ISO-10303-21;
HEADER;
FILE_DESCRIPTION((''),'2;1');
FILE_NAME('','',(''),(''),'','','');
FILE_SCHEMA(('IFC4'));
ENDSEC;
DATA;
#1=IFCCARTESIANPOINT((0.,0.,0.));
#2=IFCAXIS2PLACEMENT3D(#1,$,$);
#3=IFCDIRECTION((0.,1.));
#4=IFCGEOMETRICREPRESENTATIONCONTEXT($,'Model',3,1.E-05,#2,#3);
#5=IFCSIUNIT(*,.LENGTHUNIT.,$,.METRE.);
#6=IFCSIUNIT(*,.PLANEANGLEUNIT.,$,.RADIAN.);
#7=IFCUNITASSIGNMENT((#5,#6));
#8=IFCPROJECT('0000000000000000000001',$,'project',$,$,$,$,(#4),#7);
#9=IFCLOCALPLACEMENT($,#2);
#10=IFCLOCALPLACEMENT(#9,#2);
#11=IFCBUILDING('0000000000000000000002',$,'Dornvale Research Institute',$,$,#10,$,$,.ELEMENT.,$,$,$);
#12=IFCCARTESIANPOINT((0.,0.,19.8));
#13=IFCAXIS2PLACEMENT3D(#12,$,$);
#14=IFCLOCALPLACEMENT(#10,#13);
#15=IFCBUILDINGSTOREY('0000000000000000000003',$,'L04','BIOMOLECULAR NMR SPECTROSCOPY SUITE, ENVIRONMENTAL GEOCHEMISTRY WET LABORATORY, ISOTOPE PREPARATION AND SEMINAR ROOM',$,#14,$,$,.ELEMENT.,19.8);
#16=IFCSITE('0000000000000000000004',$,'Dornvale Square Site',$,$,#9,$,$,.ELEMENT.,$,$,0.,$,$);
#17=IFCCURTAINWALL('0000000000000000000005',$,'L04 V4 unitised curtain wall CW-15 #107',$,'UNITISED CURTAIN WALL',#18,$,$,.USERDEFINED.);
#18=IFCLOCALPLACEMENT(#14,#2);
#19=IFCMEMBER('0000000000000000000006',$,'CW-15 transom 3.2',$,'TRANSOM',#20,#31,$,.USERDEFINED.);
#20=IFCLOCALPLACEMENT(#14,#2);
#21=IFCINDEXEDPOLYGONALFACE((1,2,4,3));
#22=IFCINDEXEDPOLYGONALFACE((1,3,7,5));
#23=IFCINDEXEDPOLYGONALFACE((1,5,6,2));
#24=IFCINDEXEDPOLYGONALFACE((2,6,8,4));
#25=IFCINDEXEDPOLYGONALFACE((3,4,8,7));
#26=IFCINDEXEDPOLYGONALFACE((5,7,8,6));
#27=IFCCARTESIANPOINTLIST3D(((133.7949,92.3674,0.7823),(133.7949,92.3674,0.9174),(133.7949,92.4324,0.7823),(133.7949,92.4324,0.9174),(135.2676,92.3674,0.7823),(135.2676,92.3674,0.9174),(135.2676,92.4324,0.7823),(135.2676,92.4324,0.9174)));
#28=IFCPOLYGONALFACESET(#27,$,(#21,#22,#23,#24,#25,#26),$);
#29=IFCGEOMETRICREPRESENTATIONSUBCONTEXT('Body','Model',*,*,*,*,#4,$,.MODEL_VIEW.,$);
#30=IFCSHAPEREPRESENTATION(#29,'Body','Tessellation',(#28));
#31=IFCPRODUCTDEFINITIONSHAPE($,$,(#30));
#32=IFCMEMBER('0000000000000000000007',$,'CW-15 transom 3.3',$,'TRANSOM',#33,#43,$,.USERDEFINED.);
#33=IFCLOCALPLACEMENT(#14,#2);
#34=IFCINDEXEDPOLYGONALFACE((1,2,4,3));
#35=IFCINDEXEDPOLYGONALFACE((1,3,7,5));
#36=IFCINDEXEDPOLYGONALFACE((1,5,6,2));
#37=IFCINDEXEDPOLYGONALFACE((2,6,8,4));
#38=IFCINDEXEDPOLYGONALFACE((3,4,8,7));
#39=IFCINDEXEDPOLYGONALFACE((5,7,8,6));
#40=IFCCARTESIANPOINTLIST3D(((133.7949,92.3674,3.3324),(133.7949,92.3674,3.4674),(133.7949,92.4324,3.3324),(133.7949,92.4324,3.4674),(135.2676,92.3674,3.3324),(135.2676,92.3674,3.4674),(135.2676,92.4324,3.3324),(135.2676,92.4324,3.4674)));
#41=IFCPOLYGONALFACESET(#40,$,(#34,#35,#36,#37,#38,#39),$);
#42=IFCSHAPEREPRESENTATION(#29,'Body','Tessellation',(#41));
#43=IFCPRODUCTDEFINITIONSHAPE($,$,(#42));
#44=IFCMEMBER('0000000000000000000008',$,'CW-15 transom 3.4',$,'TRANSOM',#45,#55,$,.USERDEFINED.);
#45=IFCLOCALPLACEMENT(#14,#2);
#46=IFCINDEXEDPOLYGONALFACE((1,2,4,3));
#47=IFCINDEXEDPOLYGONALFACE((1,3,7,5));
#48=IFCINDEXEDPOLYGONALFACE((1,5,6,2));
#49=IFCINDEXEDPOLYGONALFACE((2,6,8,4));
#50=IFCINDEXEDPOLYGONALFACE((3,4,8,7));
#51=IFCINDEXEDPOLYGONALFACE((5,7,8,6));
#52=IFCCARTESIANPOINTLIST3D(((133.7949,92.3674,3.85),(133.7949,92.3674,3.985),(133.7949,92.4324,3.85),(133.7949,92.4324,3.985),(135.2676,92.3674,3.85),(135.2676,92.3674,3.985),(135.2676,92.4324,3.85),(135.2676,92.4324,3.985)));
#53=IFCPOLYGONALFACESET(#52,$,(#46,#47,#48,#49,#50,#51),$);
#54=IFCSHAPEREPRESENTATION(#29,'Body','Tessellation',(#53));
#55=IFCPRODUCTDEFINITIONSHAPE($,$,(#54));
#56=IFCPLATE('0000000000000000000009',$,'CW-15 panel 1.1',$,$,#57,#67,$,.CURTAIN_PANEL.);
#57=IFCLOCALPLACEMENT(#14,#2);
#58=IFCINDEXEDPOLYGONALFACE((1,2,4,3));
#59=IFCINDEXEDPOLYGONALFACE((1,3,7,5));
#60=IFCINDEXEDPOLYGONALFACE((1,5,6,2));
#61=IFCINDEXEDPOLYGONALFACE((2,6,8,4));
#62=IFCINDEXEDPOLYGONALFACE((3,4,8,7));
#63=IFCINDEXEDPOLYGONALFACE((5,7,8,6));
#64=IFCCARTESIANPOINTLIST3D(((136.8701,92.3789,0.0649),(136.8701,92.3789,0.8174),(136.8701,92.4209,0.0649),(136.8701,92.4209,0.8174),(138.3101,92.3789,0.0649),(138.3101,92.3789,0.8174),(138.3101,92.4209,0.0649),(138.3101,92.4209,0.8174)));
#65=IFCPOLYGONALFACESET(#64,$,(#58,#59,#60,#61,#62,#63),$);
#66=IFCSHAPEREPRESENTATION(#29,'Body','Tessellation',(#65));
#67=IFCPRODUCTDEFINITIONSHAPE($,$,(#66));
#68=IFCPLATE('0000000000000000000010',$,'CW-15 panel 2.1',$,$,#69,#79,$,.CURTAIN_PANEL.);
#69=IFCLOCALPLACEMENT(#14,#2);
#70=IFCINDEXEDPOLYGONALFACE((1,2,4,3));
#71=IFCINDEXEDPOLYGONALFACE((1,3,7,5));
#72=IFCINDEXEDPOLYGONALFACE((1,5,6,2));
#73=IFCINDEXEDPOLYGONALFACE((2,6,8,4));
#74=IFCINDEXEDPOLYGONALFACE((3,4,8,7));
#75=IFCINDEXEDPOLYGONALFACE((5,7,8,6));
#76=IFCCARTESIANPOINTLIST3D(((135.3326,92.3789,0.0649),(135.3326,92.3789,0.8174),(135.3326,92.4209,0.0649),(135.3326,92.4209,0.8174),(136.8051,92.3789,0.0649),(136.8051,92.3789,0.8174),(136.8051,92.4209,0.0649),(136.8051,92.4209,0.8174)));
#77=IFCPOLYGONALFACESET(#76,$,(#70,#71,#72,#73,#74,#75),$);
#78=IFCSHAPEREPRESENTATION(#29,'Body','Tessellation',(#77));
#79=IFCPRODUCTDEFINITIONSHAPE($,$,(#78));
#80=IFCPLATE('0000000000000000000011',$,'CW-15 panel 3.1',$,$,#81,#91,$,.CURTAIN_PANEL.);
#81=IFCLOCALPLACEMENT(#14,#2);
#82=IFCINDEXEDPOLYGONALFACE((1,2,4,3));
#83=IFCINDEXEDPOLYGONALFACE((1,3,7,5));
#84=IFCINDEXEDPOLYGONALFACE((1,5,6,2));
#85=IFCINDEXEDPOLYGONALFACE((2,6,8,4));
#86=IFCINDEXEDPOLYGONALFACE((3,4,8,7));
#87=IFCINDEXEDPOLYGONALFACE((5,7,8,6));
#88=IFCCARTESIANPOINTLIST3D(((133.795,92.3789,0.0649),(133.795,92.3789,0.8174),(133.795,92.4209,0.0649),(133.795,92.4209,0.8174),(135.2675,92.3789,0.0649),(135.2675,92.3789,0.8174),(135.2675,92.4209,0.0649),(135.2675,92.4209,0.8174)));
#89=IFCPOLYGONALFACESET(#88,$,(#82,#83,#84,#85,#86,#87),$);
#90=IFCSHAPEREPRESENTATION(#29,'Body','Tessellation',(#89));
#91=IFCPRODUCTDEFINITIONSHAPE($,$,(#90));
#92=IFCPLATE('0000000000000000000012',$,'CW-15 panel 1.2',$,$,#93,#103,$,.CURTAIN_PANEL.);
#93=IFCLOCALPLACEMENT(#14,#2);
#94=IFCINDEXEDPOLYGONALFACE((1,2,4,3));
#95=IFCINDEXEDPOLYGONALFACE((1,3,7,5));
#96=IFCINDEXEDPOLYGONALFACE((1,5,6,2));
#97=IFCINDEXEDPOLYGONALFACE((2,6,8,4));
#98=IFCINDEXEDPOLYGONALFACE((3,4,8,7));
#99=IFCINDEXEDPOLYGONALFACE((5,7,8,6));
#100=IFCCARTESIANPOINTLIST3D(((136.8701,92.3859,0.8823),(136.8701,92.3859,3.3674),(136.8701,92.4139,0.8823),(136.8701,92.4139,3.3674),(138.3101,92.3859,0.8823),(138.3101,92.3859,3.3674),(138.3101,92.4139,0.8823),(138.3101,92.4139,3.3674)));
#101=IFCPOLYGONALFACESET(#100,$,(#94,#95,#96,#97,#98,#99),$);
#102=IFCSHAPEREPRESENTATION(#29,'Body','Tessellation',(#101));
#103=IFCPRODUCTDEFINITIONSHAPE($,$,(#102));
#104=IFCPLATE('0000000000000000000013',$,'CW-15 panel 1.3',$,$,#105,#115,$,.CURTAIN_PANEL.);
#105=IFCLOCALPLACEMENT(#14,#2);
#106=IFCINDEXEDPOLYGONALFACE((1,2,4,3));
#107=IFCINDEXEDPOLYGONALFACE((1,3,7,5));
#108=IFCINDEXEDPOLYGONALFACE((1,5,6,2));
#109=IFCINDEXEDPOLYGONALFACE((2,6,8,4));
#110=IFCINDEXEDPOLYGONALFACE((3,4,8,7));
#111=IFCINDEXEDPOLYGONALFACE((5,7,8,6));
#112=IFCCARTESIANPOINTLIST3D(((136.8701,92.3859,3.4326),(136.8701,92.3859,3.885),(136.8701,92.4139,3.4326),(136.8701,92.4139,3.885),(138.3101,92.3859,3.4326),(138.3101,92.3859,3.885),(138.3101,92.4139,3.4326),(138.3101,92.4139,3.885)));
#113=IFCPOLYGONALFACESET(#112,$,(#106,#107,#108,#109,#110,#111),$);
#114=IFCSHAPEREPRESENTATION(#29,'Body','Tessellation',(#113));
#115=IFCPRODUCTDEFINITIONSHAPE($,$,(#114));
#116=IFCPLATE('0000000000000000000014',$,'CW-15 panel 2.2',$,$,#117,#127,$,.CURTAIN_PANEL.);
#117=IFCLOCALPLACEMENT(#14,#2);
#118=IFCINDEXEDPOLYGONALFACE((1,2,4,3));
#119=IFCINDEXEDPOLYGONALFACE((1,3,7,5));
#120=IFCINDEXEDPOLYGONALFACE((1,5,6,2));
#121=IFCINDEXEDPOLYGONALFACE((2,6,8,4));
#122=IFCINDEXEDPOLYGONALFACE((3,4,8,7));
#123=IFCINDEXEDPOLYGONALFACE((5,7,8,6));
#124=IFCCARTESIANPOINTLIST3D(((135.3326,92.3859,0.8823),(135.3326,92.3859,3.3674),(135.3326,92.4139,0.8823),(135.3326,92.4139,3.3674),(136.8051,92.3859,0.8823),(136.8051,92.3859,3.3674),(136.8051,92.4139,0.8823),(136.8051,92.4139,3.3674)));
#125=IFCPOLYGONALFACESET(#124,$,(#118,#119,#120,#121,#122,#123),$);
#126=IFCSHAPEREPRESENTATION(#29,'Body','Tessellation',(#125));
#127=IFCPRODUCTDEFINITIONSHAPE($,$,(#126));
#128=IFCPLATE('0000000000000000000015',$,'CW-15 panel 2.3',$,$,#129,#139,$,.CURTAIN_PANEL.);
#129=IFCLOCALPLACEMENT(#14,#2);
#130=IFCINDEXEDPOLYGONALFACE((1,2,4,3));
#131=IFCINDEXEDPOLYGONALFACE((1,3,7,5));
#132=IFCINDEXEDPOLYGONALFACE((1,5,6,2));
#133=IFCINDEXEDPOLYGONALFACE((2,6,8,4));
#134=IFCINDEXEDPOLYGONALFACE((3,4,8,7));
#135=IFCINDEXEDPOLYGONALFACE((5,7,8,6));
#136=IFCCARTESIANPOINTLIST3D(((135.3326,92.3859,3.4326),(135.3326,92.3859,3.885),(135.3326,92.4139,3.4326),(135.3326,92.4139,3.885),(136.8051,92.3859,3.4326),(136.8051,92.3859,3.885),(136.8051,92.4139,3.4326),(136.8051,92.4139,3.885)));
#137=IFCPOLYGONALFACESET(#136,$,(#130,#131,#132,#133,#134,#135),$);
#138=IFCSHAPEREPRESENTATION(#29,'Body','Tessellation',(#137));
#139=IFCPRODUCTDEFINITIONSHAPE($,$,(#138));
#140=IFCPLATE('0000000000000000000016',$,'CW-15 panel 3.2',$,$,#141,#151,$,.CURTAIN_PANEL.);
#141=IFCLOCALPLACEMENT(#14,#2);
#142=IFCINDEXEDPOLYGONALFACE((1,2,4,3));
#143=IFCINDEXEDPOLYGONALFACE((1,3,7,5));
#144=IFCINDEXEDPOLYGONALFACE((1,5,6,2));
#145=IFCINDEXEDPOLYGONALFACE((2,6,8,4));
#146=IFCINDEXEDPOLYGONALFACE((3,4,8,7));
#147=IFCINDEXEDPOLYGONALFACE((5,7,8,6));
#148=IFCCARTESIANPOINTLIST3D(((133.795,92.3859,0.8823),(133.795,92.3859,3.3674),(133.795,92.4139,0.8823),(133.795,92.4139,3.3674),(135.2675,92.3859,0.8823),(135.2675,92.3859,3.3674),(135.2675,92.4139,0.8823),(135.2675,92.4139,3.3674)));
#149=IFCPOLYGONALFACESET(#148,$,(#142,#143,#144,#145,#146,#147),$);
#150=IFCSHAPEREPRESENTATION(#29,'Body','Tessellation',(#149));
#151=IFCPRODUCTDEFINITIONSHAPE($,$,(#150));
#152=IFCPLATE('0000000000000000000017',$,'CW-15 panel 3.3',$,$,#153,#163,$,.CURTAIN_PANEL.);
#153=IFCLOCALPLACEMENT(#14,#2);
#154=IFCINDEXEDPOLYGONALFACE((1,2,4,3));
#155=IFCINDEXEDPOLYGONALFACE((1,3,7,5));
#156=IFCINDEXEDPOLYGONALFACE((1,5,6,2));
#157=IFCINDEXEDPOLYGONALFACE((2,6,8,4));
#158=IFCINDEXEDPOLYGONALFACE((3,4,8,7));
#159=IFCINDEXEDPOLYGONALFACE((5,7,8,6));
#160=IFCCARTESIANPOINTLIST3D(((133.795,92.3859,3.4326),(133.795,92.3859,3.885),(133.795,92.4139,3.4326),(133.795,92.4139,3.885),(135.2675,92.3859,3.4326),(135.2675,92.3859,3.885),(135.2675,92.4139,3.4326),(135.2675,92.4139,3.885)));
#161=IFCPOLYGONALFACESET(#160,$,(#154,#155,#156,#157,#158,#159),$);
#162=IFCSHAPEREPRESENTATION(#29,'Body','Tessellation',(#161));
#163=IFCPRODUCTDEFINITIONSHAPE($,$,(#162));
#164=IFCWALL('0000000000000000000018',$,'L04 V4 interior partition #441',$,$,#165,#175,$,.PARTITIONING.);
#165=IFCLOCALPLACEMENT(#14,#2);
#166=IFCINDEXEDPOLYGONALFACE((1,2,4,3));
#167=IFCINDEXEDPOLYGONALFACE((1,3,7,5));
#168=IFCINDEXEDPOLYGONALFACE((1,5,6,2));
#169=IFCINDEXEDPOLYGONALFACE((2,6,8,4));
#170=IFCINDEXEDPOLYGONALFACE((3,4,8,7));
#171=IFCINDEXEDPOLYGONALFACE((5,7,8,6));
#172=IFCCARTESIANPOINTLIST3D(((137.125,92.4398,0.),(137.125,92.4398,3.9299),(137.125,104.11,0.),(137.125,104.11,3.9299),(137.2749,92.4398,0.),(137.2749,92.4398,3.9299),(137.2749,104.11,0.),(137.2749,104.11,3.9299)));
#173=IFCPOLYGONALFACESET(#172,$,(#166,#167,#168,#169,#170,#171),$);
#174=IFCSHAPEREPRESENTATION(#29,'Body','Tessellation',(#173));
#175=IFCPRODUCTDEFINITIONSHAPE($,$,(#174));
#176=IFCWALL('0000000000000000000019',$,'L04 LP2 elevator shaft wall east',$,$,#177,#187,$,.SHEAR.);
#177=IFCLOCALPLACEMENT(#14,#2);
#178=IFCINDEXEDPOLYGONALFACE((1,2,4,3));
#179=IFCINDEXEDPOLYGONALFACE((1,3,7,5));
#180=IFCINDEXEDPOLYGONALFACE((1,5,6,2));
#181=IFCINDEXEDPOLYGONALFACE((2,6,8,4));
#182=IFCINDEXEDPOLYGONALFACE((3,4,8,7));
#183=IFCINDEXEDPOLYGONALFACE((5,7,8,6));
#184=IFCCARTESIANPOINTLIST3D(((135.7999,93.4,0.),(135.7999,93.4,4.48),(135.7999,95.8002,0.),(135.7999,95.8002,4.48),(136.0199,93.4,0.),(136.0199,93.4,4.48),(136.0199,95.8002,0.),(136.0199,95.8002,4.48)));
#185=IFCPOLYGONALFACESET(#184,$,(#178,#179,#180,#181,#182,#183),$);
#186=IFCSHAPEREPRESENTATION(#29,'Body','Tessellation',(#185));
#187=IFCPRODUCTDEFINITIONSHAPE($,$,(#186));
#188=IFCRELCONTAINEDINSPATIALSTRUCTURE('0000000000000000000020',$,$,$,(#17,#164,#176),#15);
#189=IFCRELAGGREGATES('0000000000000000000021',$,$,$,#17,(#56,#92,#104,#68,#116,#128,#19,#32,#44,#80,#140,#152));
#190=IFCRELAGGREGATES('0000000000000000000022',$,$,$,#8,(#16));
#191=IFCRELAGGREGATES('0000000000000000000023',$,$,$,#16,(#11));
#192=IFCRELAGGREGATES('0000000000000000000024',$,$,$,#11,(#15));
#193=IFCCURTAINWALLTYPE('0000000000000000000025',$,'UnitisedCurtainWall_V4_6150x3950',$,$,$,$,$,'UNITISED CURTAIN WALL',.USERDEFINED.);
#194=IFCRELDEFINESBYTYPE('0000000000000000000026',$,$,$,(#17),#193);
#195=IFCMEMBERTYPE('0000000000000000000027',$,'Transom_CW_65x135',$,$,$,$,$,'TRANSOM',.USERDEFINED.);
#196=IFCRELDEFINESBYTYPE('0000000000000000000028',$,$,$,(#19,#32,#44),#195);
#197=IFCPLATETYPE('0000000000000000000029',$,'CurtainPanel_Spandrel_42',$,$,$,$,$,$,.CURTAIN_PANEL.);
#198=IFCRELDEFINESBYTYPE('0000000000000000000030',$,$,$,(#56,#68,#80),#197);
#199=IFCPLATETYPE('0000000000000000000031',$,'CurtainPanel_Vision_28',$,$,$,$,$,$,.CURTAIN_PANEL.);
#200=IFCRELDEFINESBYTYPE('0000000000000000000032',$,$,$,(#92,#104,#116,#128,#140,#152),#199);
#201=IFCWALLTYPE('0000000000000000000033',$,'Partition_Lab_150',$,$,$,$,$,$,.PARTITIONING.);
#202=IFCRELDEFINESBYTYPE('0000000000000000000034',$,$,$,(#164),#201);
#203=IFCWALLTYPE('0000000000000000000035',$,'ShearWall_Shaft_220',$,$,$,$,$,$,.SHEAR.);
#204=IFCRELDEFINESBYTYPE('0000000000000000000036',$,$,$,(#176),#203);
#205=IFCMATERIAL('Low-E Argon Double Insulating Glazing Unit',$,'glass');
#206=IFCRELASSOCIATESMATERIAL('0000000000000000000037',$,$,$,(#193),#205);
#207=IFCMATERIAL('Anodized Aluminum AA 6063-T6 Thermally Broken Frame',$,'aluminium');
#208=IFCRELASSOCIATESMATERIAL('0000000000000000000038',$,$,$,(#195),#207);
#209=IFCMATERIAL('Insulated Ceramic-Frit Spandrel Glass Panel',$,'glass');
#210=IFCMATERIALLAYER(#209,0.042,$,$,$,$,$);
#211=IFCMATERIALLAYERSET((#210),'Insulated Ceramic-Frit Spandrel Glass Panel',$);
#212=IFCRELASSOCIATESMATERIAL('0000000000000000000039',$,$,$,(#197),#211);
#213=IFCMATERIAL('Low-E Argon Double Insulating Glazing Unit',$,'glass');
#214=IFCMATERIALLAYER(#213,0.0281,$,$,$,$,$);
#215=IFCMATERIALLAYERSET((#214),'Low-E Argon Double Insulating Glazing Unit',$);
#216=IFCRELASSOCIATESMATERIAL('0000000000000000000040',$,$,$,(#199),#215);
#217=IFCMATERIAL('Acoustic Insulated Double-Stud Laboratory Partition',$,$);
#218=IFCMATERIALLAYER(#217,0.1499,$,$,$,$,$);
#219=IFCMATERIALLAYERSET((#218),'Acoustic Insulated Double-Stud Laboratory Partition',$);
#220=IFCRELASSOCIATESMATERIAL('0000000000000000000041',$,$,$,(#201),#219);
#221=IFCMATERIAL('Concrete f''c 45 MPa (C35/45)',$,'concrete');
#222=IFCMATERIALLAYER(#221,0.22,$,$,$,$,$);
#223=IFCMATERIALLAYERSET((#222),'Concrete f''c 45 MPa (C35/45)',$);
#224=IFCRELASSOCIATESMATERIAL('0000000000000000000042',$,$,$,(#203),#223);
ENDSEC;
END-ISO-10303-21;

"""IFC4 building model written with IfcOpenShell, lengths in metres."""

from ifc_helpers import new_model, si_unit, direction, frame, frame_2d, origin, origin_2d, place, context, subcontext, project, spatial, rectangle, extrude, material, layer, layer_set, material_profile, profile_set, type_object, element, aggregate, save


model = new_model("IFC4")

# Units and contexts
model_context = context("Model", 3, precision=1e-05, world=origin(), true_north=direction((0.0, 1.0)))
body_context = subcontext(model_context, "Body", "Model", "MODEL_VIEW")
ifc_project = project(units=[si_unit("LENGTHUNIT", "METRE"), si_unit("PLANEANGLEUNIT", "RADIAN")], contexts=[model_context])

# Site, building, storey
site_placement = place(None, origin())
site = spatial("IfcSite", under=ifc_project, at=site_placement, Name="Dornvale Square Site", CompositionType="ELEMENT", RefElevation=0.0)
building_placement = place(site_placement, origin())
building = spatial("IfcBuilding", under=site, at=building_placement, Name="Dornvale Research Institute", CompositionType="ELEMENT")
storey_placement = place(building_placement, frame((0.0, 0.0, 19.8)))
storey = spatial("IfcBuildingStorey", under=building, at=storey_placement, Name="L04", Description="BIOMOLECULAR NMR SPECTROSCOPY SUITE, ENVIRONMENTAL GEOCHEMISTRY WET LABORATORY, ISOTOPE PREPARATION AND SEMINAR ROOM", CompositionType="ELEMENT", Elevation=19.8)

# Curtain wall, members, plates
ifc_material_1 = material(Name="Low-E Argon Double Insulating Glazing Unit", Category="glass")
curtain_wall_type = type_object("IfcCurtainWallType", Name="UnitisedCurtainWall_V4_6150x3950", ElementType="UNITISED CURTAIN WALL", PredefinedType="USERDEFINED", material=ifc_material_1)
curtain_wall_placement = place(storey_placement, origin())
curtain_wall = element("IfcCurtainWall", 1, at=curtain_wall_placement, inside=storey, type_object=curtain_wall_type, Name="L04 V4 unitised curtain wall CW-15 #107", ObjectType="UNITISED CURTAIN WALL", PredefinedType="USERDEFINED")
ifc_material_2 = material(Name="Anodized Aluminum AA 6063-T6 Thermally Broken Frame", Category="aluminium")
ifc_material_profile_1 = material_profile(ifc_material_2, rectangle(XDim=0.0649, YDim=0.135, at=origin_2d()), Name="ALU TRANSOM 65x135")
ifc_profile_set_1 = profile_set([ifc_material_profile_1], Name="Anodized Aluminum AA 6063-T6 Thermally Broken Frame")
member_type_1 = type_object("IfcMemberType", Name="Transom_CW_65x135", ElementType="TRANSOM", PredefinedType="USERDEFINED", material=ifc_profile_set_1)
member_1_placement = place(storey_placement, frame((135.2676, 92.3999, 0.8499), z_axis=(-1.0, 0.0, 0.0), x_axis=(0.0, -1.0, 0.0)))
member_1 = element("IfcMember", 2, at=member_1_placement, type_object=member_type_1, Name="CW-15 transom 3.2", ObjectType="TRANSOM", PredefinedType="USERDEFINED", context=body_context, shape_type="SweptSolid", body=[
    extrude(rectangle(XDim=0.0649, YDim=0.135, at=origin_2d()), origin(), (0.0, 0.0, 1.0), 1.4727),
])
member_2_placement = place(storey_placement, frame((135.2676, 92.3999, 3.3999), z_axis=(-1.0, 0.0, 0.0), x_axis=(0.0, -1.0, 0.0)))
member_2 = element("IfcMember", 3, at=member_2_placement, type_object=member_type_1, Name="CW-15 transom 3.3", ObjectType="TRANSOM", PredefinedType="USERDEFINED", context=body_context, shape_type="SweptSolid", body=[
    extrude(rectangle(XDim=0.0649, YDim=0.135, at=origin_2d()), origin(), (0.0, 0.0, 1.0), 1.4727),
])
member_3_placement = place(storey_placement, frame((135.2676, 92.3999, 3.9175), z_axis=(-1.0, 0.0, 0.0), x_axis=(0.0, -1.0, 0.0)))
member_3 = element("IfcMember", 4, at=member_3_placement, type_object=member_type_1, Name="CW-15 transom 3.4", ObjectType="TRANSOM", PredefinedType="USERDEFINED", context=body_context, shape_type="SweptSolid", body=[
    extrude(rectangle(XDim=0.0649, YDim=0.135, at=origin_2d()), origin(), (0.0, 0.0, 1.0), 1.4727),
])
ifc_material_3 = material(Name="Insulated Ceramic-Frit Spandrel Glass Panel", Category="glass")
ifc_layer_1 = layer(ifc_material_3, 0.042)
ifc_layer_set_1 = layer_set([ifc_layer_1], Name="Insulated Ceramic-Frit Spandrel Glass Panel")
plate_type_1 = type_object("IfcPlateType", Name="CurtainPanel_Spandrel_42", PredefinedType="CURTAIN_PANEL", material=ifc_layer_set_1)
plate_1_placement = place(storey_placement, frame((137.5901, 92.3999, 0.0649), z_axis=(0.0, 0.0, 1.0), x_axis=(-1.0, 0.0, 0.0)))
plate_1 = element("IfcPlate", 5, at=plate_1_placement, type_object=plate_type_1, Name="CW-15 panel 1.1", PredefinedType="CURTAIN_PANEL", context=body_context, shape_type="SweptSolid", body=[
    extrude(rectangle(XDim=1.4399, YDim=0.042, at=origin_2d()), origin(), (0.0, 0.0, 1.0), 0.7524),
])
plate_2_placement = place(storey_placement, frame((136.0688, 92.3999, 0.0649), z_axis=(0.0, 0.0, 1.0), x_axis=(-1.0, 0.0, 0.0)))
plate_2 = element("IfcPlate", 6, at=plate_2_placement, type_object=plate_type_1, Name="CW-15 panel 2.1", PredefinedType="CURTAIN_PANEL", context=body_context, shape_type="SweptSolid", body=[
    extrude(rectangle(XDim=1.4724, YDim=0.042, at=origin_2d()), origin(), (0.0, 0.0, 1.0), 0.7524),
])
plate_3_placement = place(storey_placement, frame((134.5312, 92.3999, 0.0649), z_axis=(0.0, 0.0, 1.0), x_axis=(-1.0, 0.0, 0.0)))
plate_3 = element("IfcPlate", 7, at=plate_3_placement, type_object=plate_type_1, Name="CW-15 panel 3.1", PredefinedType="CURTAIN_PANEL", context=body_context, shape_type="SweptSolid", body=[
    extrude(rectangle(XDim=1.4724, YDim=0.042, at=origin_2d()), origin(), (0.0, 0.0, 1.0), 0.7524),
])
ifc_material_4 = material(Name="Low-E Argon Double Insulating Glazing Unit", Category="glass")
ifc_layer_2 = layer(ifc_material_4, 0.0281)
ifc_layer_set_2 = layer_set([ifc_layer_2], Name="Low-E Argon Double Insulating Glazing Unit")
plate_type_2 = type_object("IfcPlateType", Name="CurtainPanel_Vision_28", PredefinedType="CURTAIN_PANEL", material=ifc_layer_set_2)
plate_4_placement = place(storey_placement, frame((137.5901, 92.3999, 0.8823), z_axis=(0.0, 0.0, 1.0), x_axis=(-1.0, 0.0, 0.0)))
plate_4 = element("IfcPlate", 8, at=plate_4_placement, type_object=plate_type_2, Name="CW-15 panel 1.2", PredefinedType="CURTAIN_PANEL", context=body_context, shape_type="SweptSolid", body=[
    extrude(rectangle(XDim=1.4399, YDim=0.0281, at=origin_2d()), origin(), (0.0, 0.0, 1.0), 2.4851),
])
plate_5_placement = place(storey_placement, frame((137.5901, 92.3999, 3.4326), z_axis=(0.0, 0.0, 1.0), x_axis=(-1.0, 0.0, 0.0)))
plate_5 = element("IfcPlate", 9, at=plate_5_placement, type_object=plate_type_2, Name="CW-15 panel 1.3", PredefinedType="CURTAIN_PANEL", context=body_context, shape_type="SweptSolid", body=[
    extrude(rectangle(XDim=1.4399, YDim=0.0281, at=origin_2d()), origin(), (0.0, 0.0, 1.0), 0.4524),
])
plate_6_placement = place(storey_placement, frame((136.0688, 92.3999, 0.8823), z_axis=(0.0, 0.0, 1.0), x_axis=(-1.0, 0.0, 0.0)))
plate_6 = element("IfcPlate", 10, at=plate_6_placement, type_object=plate_type_2, Name="CW-15 panel 2.2", PredefinedType="CURTAIN_PANEL", context=body_context, shape_type="SweptSolid", body=[
    extrude(rectangle(XDim=1.4724, YDim=0.0281, at=origin_2d()), origin(), (0.0, 0.0, 1.0), 2.4851),
])
plate_7_placement = place(storey_placement, frame((136.0688, 92.3999, 3.4326), z_axis=(0.0, 0.0, 1.0), x_axis=(-1.0, 0.0, 0.0)))
plate_7 = element("IfcPlate", 11, at=plate_7_placement, type_object=plate_type_2, Name="CW-15 panel 2.3", PredefinedType="CURTAIN_PANEL", context=body_context, shape_type="SweptSolid", body=[
    extrude(rectangle(XDim=1.4724, YDim=0.0281, at=origin_2d()), origin(), (0.0, 0.0, 1.0), 0.4524),
])
plate_8_placement = place(storey_placement, frame((134.5312, 92.3999, 0.8823), z_axis=(0.0, 0.0, 1.0), x_axis=(-1.0, 0.0, 0.0)))
plate_8 = element("IfcPlate", 12, at=plate_8_placement, type_object=plate_type_2, Name="CW-15 panel 3.2", PredefinedType="CURTAIN_PANEL", context=body_context, shape_type="SweptSolid", body=[
    extrude(rectangle(XDim=1.4724, YDim=0.0281, at=origin_2d()), origin(), (0.0, 0.0, 1.0), 2.4851),
])
plate_9_placement = place(storey_placement, frame((134.5312, 92.3999, 3.4326), z_axis=(0.0, 0.0, 1.0), x_axis=(-1.0, 0.0, 0.0)))
plate_9 = element("IfcPlate", 13, at=plate_9_placement, type_object=plate_type_2, Name="CW-15 panel 3.3", PredefinedType="CURTAIN_PANEL", context=body_context, shape_type="SweptSolid", body=[
    extrude(rectangle(XDim=1.4724, YDim=0.0281, at=origin_2d()), origin(), (0.0, 0.0, 1.0), 0.4524),
])
aggregate(curtain_wall, [plate_1, plate_4, plate_5, plate_2, plate_6, plate_7, member_1, member_2, member_3, plate_3, plate_8, plate_9])

# Walls
ifc_material_5 = material(Name="Acoustic Insulated Double-Stud Laboratory Partition")
ifc_layer_3 = layer(ifc_material_5, 0.1499)
ifc_layer_set_3 = layer_set([ifc_layer_3], Name="Acoustic Insulated Double-Stud Laboratory Partition")
wall_type_1 = type_object("IfcWallType", Name="Partition_Lab_150", PredefinedType="PARTITIONING", material=ifc_layer_set_3)
wall_1_placement = place(storey_placement, frame((137.2, 92.4399, 0.0), z_axis=(0.0, 0.0, 1.0), x_axis=(0.0, 1.0, 0.0)))
element("IfcWall", 14, at=wall_1_placement, inside=storey, type_object=wall_type_1, Name="L04 V4 interior partition #441", PredefinedType="PARTITIONING", context=body_context, shape_type="SweptSolid", body=[
    extrude(rectangle(XDim=11.6702, YDim=0.1499, at=frame_2d((5.835, 0.0))), origin(), (0.0, 0.0, 1.0), 3.9299),
])
ifc_material_6 = material(Name="Concrete f'c 45 MPa (C35/45)", Category="concrete")
ifc_layer_4 = layer(ifc_material_6, 0.22)
ifc_layer_set_4 = layer_set([ifc_layer_4], Name="Concrete f'c 45 MPa (C35/45)")
wall_type_2 = type_object("IfcWallType", Name="ShearWall_Shaft_220", PredefinedType="SHEAR", material=ifc_layer_set_4)
wall_2_placement = place(storey_placement, frame((135.9099, 93.3999, 0.0), z_axis=(0.0, 0.0, 1.0), x_axis=(0.0, 1.0, 0.0)))
element("IfcWall", 15, at=wall_2_placement, inside=storey, type_object=wall_type_2, Name="L04 LP2 elevator shaft wall east", PredefinedType="SHEAR", context=body_context, shape_type="SweptSolid", body=[
    extrude(rectangle(XDim=2.4001, YDim=0.22, at=frame_2d((1.2002, 0.0))), origin(), (0.0, 0.0, 1.0), 4.48),
])

save(model, "model.ifc")
